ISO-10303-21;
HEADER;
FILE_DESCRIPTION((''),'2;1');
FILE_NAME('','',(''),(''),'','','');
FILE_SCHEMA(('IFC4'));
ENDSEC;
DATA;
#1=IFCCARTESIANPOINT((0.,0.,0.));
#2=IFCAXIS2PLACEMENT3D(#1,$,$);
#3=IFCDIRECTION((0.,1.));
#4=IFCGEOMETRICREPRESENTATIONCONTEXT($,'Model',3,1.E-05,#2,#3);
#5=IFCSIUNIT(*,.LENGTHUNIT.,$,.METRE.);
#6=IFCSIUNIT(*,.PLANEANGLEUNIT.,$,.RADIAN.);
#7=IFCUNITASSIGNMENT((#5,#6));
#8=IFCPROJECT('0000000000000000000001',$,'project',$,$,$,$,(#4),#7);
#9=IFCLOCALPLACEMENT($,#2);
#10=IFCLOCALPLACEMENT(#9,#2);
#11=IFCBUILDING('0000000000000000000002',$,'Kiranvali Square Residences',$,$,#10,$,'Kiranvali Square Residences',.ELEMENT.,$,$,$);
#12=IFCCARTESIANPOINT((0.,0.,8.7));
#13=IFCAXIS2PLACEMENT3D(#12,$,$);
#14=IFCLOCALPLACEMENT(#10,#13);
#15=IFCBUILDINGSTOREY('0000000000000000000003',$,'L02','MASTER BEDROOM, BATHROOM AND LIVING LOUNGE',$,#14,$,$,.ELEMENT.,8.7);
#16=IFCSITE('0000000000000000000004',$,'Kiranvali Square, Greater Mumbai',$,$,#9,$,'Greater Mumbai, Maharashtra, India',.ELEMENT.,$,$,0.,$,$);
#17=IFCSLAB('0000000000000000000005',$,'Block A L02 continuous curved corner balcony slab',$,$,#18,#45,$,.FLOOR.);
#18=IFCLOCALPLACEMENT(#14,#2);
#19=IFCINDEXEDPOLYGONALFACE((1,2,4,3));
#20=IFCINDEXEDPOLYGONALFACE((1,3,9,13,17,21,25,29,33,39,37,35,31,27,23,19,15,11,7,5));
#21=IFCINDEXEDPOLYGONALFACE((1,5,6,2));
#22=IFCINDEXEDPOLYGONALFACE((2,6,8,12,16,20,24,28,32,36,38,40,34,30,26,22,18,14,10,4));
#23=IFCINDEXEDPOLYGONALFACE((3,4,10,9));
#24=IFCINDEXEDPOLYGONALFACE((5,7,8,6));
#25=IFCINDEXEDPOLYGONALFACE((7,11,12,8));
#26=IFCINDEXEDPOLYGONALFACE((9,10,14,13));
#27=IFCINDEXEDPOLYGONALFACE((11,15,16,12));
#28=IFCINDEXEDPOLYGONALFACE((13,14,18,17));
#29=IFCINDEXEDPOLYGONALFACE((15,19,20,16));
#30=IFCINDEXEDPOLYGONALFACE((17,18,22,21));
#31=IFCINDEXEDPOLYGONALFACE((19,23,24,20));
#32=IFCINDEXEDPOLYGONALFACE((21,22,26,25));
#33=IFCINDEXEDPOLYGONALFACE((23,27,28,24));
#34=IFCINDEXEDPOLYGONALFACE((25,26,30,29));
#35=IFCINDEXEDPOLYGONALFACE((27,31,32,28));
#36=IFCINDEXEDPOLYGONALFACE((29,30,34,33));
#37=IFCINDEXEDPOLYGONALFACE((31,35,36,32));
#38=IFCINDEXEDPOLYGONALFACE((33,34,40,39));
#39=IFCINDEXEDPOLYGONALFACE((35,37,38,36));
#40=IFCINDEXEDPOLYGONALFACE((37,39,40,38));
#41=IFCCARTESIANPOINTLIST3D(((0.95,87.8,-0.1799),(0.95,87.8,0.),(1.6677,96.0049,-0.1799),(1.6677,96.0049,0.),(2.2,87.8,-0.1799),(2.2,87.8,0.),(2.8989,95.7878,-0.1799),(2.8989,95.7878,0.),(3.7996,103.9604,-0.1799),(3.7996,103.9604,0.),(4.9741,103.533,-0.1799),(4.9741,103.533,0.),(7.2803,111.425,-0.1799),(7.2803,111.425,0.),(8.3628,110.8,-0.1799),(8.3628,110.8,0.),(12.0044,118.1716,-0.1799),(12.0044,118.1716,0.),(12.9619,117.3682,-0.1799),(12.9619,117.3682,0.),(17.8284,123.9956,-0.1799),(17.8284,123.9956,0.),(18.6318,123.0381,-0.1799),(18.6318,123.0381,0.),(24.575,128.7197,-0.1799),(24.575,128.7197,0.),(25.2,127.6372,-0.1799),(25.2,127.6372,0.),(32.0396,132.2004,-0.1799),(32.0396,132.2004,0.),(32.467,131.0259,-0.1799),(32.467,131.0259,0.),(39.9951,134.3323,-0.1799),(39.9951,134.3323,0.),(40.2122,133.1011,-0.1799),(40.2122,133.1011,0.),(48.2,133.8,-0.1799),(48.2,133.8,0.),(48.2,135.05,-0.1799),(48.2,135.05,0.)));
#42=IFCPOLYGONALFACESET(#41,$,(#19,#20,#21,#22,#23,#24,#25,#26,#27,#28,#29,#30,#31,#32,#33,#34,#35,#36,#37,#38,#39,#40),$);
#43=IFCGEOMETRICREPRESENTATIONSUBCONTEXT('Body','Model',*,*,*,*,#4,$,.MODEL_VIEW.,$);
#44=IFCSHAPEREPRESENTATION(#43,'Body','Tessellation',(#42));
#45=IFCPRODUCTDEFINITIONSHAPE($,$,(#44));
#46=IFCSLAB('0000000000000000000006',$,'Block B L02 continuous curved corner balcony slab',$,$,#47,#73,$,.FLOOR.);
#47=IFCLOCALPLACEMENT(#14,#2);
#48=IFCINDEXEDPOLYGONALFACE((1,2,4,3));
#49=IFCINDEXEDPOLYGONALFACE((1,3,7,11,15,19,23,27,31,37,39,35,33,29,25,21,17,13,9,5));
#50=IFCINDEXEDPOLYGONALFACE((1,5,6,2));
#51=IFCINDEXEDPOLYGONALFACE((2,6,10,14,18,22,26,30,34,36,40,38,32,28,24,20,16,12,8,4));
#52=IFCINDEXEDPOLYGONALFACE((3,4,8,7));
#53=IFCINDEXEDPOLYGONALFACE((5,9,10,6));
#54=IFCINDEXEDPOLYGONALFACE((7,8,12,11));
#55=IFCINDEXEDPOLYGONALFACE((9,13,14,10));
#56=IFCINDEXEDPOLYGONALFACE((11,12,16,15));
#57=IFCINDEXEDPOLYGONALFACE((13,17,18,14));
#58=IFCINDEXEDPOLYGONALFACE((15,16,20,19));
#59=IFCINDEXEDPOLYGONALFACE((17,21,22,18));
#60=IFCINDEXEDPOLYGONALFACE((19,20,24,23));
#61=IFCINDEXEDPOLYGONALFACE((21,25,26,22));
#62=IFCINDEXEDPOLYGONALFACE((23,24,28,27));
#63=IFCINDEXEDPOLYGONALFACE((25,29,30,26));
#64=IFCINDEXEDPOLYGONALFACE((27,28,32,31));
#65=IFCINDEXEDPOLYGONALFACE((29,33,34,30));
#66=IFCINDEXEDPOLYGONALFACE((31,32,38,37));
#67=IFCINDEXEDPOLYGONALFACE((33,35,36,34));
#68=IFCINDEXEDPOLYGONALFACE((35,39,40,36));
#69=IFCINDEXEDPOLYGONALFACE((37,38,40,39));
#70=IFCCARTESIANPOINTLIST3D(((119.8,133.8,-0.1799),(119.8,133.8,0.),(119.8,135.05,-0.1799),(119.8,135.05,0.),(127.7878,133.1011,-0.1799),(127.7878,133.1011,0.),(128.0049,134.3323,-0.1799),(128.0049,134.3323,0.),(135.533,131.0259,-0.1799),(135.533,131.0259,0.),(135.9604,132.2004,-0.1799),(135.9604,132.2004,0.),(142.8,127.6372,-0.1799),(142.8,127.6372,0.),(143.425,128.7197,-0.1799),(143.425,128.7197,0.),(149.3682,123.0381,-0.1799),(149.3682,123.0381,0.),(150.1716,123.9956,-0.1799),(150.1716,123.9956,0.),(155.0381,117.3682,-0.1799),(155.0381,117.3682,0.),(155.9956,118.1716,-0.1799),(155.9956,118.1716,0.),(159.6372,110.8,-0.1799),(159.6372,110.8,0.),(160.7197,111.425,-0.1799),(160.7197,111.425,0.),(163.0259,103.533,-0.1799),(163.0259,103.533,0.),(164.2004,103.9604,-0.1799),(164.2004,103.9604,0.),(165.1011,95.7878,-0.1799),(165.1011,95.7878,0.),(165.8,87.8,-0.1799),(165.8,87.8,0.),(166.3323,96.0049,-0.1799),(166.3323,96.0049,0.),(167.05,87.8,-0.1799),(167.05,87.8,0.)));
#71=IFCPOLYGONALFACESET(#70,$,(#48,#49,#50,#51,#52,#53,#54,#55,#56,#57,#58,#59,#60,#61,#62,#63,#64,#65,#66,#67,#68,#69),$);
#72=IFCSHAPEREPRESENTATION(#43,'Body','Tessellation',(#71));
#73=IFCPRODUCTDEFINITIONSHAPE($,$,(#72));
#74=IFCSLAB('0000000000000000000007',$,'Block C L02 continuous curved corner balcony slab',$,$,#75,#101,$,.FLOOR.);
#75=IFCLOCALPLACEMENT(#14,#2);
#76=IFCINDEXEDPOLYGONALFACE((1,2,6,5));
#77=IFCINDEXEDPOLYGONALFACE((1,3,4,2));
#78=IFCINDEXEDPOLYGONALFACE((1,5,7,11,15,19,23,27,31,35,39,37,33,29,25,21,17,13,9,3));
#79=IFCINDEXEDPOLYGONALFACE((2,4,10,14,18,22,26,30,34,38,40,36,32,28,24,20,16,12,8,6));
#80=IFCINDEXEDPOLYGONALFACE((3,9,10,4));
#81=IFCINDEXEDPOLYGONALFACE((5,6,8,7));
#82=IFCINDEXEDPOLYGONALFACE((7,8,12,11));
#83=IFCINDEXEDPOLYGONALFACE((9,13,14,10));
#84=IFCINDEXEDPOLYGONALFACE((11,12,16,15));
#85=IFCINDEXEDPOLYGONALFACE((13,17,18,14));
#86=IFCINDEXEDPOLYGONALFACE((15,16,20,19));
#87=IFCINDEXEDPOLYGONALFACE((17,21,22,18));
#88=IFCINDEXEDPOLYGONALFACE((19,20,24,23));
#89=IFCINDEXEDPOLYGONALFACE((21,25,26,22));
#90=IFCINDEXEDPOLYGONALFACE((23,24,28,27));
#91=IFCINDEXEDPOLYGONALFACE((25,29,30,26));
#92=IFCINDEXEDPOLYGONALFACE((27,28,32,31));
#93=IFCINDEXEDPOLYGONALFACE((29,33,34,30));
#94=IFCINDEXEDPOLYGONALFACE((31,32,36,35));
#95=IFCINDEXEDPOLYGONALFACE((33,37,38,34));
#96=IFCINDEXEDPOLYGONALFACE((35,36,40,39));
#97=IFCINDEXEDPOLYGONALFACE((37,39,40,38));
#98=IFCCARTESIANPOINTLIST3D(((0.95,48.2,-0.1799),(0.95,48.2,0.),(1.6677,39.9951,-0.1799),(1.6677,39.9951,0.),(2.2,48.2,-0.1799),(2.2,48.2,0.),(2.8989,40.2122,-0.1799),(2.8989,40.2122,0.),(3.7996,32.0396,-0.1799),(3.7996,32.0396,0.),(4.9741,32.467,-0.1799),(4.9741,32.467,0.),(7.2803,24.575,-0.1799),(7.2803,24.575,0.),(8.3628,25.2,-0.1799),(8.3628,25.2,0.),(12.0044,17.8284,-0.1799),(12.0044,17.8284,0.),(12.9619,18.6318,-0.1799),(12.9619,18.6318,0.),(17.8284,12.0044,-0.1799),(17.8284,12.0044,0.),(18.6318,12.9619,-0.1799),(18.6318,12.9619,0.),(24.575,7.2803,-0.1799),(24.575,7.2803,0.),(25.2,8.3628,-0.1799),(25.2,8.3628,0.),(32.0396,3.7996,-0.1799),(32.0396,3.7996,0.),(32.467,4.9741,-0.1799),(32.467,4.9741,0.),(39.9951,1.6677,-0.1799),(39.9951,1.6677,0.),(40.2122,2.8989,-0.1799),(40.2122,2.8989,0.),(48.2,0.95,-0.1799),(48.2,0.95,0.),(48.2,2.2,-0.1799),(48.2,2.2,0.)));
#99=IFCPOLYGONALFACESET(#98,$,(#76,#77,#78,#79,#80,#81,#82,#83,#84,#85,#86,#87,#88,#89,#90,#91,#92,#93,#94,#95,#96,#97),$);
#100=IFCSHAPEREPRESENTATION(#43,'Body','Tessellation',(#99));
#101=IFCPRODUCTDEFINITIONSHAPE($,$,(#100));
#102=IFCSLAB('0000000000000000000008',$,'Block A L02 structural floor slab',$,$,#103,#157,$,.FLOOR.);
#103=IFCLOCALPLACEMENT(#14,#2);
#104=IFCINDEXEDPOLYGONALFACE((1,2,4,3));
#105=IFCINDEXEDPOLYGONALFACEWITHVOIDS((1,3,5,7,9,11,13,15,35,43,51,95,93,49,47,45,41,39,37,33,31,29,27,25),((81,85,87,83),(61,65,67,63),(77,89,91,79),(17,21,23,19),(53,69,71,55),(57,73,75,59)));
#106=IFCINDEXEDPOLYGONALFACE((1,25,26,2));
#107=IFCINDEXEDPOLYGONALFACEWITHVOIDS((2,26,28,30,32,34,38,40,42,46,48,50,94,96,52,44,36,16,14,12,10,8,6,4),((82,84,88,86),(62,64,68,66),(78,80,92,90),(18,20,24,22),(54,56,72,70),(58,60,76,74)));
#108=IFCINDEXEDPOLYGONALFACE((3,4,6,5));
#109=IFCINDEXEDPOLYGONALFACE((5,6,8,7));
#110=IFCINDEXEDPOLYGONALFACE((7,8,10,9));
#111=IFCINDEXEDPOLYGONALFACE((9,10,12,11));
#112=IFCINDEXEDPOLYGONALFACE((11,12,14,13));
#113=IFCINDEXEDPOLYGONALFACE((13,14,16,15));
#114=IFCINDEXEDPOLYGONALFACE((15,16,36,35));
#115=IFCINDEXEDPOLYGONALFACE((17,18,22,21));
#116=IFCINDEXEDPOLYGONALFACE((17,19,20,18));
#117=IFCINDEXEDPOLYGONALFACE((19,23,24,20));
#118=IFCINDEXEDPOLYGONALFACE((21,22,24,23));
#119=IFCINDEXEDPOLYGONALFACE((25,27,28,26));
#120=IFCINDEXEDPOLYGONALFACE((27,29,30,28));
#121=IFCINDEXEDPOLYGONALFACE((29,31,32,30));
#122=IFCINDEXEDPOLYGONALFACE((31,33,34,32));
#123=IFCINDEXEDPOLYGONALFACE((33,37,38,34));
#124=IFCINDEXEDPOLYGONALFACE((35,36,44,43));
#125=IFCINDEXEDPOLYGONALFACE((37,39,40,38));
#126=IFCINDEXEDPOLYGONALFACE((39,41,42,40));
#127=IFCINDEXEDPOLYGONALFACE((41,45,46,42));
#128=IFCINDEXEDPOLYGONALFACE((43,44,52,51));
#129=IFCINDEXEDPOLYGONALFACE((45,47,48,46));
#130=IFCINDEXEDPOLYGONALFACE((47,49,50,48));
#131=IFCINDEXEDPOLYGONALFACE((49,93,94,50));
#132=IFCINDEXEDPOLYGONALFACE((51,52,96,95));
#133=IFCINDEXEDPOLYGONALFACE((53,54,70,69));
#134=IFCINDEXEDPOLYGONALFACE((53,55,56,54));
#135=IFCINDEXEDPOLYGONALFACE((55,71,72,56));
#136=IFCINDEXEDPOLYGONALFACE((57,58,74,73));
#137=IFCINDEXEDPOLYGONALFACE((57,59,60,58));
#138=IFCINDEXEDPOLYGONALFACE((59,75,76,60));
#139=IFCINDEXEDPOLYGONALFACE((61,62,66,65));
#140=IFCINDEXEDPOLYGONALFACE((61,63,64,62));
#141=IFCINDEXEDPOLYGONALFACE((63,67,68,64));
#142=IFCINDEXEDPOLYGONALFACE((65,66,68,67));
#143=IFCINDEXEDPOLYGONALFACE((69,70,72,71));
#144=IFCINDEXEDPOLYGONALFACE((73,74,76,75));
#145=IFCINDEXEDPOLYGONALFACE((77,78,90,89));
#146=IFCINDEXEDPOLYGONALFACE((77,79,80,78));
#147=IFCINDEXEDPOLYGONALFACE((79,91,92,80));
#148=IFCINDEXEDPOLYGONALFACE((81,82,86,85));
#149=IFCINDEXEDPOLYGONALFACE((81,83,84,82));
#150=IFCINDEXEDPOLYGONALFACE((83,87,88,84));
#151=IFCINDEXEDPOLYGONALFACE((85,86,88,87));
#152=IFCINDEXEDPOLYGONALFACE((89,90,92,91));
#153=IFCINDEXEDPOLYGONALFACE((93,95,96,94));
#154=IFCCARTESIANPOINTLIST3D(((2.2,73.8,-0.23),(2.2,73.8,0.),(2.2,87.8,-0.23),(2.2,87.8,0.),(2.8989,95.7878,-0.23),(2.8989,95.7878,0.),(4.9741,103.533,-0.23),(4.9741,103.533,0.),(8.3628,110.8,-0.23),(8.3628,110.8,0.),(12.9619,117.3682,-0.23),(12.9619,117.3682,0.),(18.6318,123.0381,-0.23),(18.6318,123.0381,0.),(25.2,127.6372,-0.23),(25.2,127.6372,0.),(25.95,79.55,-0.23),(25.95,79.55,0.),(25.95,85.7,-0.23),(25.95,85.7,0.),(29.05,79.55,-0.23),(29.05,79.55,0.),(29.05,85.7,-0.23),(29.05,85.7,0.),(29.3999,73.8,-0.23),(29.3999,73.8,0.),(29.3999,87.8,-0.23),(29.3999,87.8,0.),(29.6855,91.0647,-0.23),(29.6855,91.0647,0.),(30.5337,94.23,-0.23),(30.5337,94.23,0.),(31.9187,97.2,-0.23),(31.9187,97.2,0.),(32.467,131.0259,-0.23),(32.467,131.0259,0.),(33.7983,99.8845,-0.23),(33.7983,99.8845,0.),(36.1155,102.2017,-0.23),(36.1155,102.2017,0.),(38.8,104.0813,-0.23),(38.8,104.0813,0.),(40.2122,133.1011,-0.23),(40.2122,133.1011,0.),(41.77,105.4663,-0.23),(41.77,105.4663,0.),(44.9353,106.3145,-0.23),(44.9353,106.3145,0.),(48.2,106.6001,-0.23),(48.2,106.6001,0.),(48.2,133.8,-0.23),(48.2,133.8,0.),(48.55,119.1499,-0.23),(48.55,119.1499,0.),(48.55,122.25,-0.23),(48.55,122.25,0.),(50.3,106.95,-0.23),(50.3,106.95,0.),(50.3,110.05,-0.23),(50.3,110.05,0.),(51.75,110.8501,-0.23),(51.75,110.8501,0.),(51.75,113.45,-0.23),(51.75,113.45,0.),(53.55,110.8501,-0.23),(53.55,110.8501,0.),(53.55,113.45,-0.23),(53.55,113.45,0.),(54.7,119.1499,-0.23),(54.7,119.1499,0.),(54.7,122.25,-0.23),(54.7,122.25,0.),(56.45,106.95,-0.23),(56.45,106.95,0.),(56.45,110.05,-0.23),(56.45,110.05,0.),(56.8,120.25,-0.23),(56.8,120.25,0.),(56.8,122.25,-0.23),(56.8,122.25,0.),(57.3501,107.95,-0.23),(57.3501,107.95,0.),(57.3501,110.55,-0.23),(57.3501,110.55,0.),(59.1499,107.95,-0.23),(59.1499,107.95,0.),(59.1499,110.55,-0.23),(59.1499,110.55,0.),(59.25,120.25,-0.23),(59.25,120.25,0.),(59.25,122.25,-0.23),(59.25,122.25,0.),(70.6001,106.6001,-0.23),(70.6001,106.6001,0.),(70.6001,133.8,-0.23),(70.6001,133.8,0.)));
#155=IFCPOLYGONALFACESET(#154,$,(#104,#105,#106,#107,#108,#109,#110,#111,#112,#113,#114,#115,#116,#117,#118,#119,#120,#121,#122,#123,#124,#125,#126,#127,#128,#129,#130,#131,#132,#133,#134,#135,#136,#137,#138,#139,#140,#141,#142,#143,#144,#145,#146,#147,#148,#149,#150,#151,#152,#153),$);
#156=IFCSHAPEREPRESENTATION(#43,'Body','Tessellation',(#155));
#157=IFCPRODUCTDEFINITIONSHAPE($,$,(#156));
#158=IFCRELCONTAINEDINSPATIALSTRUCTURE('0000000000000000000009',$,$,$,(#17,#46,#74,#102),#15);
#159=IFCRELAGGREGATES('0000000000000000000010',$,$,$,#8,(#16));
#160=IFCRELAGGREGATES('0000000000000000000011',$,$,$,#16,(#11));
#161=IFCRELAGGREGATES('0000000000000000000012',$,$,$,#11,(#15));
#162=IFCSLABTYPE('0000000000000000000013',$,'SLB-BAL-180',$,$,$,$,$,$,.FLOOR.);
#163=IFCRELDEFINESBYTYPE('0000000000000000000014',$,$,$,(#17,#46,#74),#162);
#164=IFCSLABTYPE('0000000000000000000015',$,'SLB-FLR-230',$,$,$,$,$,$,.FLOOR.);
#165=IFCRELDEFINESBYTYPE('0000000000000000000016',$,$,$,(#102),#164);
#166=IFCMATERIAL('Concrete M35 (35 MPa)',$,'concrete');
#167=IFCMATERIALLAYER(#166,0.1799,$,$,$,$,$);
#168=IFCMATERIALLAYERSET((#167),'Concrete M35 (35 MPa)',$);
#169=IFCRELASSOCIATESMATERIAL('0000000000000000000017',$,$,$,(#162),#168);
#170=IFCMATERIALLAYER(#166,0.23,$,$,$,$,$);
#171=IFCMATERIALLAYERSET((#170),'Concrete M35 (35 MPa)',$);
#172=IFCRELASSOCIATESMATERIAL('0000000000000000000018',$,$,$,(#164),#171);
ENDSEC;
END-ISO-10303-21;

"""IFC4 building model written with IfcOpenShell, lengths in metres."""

from ifc_helpers import new_model, si_unit, direction, frame, origin, place, context, subcontext, project, spatial, polyline, outline, extrude, material, layer, layer_set, type_object, element, save


model = new_model("IFC4")

# Units and contexts
model_context = context("Model", 3, precision=1e-05, world=origin(), true_north=direction((0.0, 1.0)))
body_context = subcontext(model_context, "Body", "Model", "MODEL_VIEW")
ifc_project = project(units=[si_unit("LENGTHUNIT", "METRE"), si_unit("PLANEANGLEUNIT", "RADIAN")], contexts=[model_context])

# Site, building, storey
site_placement = place(None, origin())
site = spatial("IfcSite", under=ifc_project, at=site_placement, Name="Kiranvali Square, Greater Mumbai", LongName="Greater Mumbai, Maharashtra, India", CompositionType="ELEMENT", RefElevation=0.0)
building_placement = place(site_placement, origin())
building = spatial("IfcBuilding", under=site, at=building_placement, Name="Kiranvali Square Residences", LongName="Kiranvali Square Residences", CompositionType="ELEMENT")
storey_placement = place(building_placement, frame((0.0, 0.0, 8.7)))
storey = spatial("IfcBuildingStorey", under=building, at=storey_placement, Name="L02", Description="MASTER BEDROOM, BATHROOM AND LIVING LOUNGE", CompositionType="ELEMENT", Elevation=8.7)

# Slabs
ifc_material_1 = material(Name="Concrete M35 (35 MPa)", Category="concrete")
ifc_layer_1 = layer(ifc_material_1, 0.1799)
ifc_layer_set_1 = layer_set([ifc_layer_1], Name="Concrete M35 (35 MPa)")
slab_type_1 = type_object("IfcSlabType", Name="SLB-BAL-180", PredefinedType="FLOOR", material=ifc_layer_set_1)
slab_1_placement = place(storey_placement, frame((0.0, 0.0, -0.1799)))
element("IfcSlab", 1, at=slab_1_placement, inside=storey, type_object=slab_type_1, Name="Block A L02 continuous curved corner balcony slab", PredefinedType="FLOOR", context=body_context, shape_type="SweptSolid", body=[
    extrude(outline(polyline([(48.2, 135.05), (39.9951, 134.3323), (32.0396, 132.2004), (24.575, 128.7197), (17.8284, 123.9956), (12.0044, 118.1716), (7.2803, 111.425), (3.7996, 103.9604), (1.6677, 96.0049), (0.95, 87.8), (2.2, 87.8), (2.8989, 95.7878), (4.9741, 103.533), (8.3628, 110.8), (12.9619, 117.3682), (18.6318, 123.0381), (25.2, 127.6372), (32.467, 131.0259), (40.2122, 133.1011), (48.2, 133.8), (48.2, 135.05)])), origin(), (0.0, 0.0, 1.0), 0.1799),
])
slab_2_placement = place(storey_placement, frame((0.0, 0.0, -0.1799)))
element("IfcSlab", 2, at=slab_2_placement, inside=storey, type_object=slab_type_1, Name="Block B L02 continuous curved corner balcony slab", PredefinedType="FLOOR", context=body_context, shape_type="SweptSolid", body=[
    extrude(outline(polyline([(119.8, 133.8), (127.7878, 133.1011), (135.533, 131.0259), (142.8, 127.6372), (149.3682, 123.0381), (155.0381, 117.3682), (159.6372, 110.8), (163.0259, 103.533), (165.1011, 95.7878), (165.8, 87.8), (167.05, 87.8), (166.3323, 96.0049), (164.2004, 103.9604), (160.7197, 111.425), (155.9956, 118.1716), (150.1716, 123.9956), (143.425, 128.7197), (135.9604, 132.2004), (128.0049, 134.3323), (119.8, 135.05), (119.8, 133.8)])), origin(), (0.0, 0.0, 1.0), 0.1799),
])
slab_3_placement = place(storey_placement, frame((0.0, 0.0, -0.1799)))
element("IfcSlab", 3, at=slab_3_placement, inside=storey, type_object=slab_type_1, Name="Block C L02 continuous curved corner balcony slab", PredefinedType="FLOOR", context=body_context, shape_type="SweptSolid", body=[
    extrude(outline(polyline([(48.2, 2.2), (40.2122, 2.8989), (32.467, 4.9741), (25.2, 8.3628), (18.6318, 12.9619), (12.9619, 18.6318), (8.3628, 25.2), (4.9741, 32.467), (2.8989, 40.2122), (2.2, 48.2), (0.95, 48.2), (1.6677, 39.9951), (3.7996, 32.0396), (7.2803, 24.575), (12.0044, 17.8284), (17.8284, 12.0044), (24.575, 7.2803), (32.0396, 3.7996), (39.9951, 1.6677), (48.2, 0.95), (48.2, 2.2)])), origin(), (0.0, 0.0, 1.0), 0.1799),
])
ifc_layer_2 = layer(ifc_material_1, 0.23)
ifc_layer_set_2 = layer_set([ifc_layer_2], Name="Concrete M35 (35 MPa)")
slab_type_2 = type_object("IfcSlabType", Name="SLB-FLR-230", PredefinedType="FLOOR", material=ifc_layer_set_2)
slab_4_placement = place(storey_placement, frame((0.0, 0.0, -0.23)))
element("IfcSlab", 4, at=slab_4_placement, inside=storey, type_object=slab_type_2, Name="Block A L02 structural floor slab", PredefinedType="FLOOR", context=body_context, shape_type="SweptSolid", body=[
    extrude(outline(polyline([(70.6001, 106.6001), (70.6001, 133.8), (48.2, 133.8), (40.2122, 133.1011), (32.467, 131.0259), (25.2, 127.6372), (18.6318, 123.0381), (12.9619, 117.3682), (8.3628, 110.8), (4.9741, 103.533), (2.8989, 95.7878), (2.2, 87.8), (2.2, 73.8), (29.3999, 73.8), (29.3999, 87.8), (29.6855, 91.0647), (30.5337, 94.23), (31.9187, 97.2), (33.7983, 99.8845), (36.1155, 102.2017), (38.8, 104.0813), (41.77, 105.4663), (44.9353, 106.3145), (48.2, 106.6001), (70.6001, 106.6001)]), holes=[polyline([(56.8, 120.25), (59.25, 120.25), (59.25, 122.25), (56.8, 122.25), (56.8, 120.25)]), polyline([(57.3501, 107.95), (59.1499, 107.95), (59.1499, 110.55), (57.3501, 110.55), (57.3501, 107.95)]), polyline([(51.75, 110.8501), (53.55, 110.8501), (53.55, 113.45), (51.75, 113.45), (51.75, 110.8501)]), polyline([(54.7, 122.25), (48.55, 122.25), (48.55, 119.1499), (54.7, 119.1499), (54.7, 122.25)]), polyline([(50.3, 106.95), (56.45, 106.95), (56.45, 110.05), (50.3, 110.05), (50.3, 106.95)]), polyline([(25.95, 85.7), (25.95, 79.55), (29.05, 79.55), (29.05, 85.7), (25.95, 85.7)])]), origin(), (0.0, 0.0, 1.0), 0.23),
])

save(model, "model.ifc")
